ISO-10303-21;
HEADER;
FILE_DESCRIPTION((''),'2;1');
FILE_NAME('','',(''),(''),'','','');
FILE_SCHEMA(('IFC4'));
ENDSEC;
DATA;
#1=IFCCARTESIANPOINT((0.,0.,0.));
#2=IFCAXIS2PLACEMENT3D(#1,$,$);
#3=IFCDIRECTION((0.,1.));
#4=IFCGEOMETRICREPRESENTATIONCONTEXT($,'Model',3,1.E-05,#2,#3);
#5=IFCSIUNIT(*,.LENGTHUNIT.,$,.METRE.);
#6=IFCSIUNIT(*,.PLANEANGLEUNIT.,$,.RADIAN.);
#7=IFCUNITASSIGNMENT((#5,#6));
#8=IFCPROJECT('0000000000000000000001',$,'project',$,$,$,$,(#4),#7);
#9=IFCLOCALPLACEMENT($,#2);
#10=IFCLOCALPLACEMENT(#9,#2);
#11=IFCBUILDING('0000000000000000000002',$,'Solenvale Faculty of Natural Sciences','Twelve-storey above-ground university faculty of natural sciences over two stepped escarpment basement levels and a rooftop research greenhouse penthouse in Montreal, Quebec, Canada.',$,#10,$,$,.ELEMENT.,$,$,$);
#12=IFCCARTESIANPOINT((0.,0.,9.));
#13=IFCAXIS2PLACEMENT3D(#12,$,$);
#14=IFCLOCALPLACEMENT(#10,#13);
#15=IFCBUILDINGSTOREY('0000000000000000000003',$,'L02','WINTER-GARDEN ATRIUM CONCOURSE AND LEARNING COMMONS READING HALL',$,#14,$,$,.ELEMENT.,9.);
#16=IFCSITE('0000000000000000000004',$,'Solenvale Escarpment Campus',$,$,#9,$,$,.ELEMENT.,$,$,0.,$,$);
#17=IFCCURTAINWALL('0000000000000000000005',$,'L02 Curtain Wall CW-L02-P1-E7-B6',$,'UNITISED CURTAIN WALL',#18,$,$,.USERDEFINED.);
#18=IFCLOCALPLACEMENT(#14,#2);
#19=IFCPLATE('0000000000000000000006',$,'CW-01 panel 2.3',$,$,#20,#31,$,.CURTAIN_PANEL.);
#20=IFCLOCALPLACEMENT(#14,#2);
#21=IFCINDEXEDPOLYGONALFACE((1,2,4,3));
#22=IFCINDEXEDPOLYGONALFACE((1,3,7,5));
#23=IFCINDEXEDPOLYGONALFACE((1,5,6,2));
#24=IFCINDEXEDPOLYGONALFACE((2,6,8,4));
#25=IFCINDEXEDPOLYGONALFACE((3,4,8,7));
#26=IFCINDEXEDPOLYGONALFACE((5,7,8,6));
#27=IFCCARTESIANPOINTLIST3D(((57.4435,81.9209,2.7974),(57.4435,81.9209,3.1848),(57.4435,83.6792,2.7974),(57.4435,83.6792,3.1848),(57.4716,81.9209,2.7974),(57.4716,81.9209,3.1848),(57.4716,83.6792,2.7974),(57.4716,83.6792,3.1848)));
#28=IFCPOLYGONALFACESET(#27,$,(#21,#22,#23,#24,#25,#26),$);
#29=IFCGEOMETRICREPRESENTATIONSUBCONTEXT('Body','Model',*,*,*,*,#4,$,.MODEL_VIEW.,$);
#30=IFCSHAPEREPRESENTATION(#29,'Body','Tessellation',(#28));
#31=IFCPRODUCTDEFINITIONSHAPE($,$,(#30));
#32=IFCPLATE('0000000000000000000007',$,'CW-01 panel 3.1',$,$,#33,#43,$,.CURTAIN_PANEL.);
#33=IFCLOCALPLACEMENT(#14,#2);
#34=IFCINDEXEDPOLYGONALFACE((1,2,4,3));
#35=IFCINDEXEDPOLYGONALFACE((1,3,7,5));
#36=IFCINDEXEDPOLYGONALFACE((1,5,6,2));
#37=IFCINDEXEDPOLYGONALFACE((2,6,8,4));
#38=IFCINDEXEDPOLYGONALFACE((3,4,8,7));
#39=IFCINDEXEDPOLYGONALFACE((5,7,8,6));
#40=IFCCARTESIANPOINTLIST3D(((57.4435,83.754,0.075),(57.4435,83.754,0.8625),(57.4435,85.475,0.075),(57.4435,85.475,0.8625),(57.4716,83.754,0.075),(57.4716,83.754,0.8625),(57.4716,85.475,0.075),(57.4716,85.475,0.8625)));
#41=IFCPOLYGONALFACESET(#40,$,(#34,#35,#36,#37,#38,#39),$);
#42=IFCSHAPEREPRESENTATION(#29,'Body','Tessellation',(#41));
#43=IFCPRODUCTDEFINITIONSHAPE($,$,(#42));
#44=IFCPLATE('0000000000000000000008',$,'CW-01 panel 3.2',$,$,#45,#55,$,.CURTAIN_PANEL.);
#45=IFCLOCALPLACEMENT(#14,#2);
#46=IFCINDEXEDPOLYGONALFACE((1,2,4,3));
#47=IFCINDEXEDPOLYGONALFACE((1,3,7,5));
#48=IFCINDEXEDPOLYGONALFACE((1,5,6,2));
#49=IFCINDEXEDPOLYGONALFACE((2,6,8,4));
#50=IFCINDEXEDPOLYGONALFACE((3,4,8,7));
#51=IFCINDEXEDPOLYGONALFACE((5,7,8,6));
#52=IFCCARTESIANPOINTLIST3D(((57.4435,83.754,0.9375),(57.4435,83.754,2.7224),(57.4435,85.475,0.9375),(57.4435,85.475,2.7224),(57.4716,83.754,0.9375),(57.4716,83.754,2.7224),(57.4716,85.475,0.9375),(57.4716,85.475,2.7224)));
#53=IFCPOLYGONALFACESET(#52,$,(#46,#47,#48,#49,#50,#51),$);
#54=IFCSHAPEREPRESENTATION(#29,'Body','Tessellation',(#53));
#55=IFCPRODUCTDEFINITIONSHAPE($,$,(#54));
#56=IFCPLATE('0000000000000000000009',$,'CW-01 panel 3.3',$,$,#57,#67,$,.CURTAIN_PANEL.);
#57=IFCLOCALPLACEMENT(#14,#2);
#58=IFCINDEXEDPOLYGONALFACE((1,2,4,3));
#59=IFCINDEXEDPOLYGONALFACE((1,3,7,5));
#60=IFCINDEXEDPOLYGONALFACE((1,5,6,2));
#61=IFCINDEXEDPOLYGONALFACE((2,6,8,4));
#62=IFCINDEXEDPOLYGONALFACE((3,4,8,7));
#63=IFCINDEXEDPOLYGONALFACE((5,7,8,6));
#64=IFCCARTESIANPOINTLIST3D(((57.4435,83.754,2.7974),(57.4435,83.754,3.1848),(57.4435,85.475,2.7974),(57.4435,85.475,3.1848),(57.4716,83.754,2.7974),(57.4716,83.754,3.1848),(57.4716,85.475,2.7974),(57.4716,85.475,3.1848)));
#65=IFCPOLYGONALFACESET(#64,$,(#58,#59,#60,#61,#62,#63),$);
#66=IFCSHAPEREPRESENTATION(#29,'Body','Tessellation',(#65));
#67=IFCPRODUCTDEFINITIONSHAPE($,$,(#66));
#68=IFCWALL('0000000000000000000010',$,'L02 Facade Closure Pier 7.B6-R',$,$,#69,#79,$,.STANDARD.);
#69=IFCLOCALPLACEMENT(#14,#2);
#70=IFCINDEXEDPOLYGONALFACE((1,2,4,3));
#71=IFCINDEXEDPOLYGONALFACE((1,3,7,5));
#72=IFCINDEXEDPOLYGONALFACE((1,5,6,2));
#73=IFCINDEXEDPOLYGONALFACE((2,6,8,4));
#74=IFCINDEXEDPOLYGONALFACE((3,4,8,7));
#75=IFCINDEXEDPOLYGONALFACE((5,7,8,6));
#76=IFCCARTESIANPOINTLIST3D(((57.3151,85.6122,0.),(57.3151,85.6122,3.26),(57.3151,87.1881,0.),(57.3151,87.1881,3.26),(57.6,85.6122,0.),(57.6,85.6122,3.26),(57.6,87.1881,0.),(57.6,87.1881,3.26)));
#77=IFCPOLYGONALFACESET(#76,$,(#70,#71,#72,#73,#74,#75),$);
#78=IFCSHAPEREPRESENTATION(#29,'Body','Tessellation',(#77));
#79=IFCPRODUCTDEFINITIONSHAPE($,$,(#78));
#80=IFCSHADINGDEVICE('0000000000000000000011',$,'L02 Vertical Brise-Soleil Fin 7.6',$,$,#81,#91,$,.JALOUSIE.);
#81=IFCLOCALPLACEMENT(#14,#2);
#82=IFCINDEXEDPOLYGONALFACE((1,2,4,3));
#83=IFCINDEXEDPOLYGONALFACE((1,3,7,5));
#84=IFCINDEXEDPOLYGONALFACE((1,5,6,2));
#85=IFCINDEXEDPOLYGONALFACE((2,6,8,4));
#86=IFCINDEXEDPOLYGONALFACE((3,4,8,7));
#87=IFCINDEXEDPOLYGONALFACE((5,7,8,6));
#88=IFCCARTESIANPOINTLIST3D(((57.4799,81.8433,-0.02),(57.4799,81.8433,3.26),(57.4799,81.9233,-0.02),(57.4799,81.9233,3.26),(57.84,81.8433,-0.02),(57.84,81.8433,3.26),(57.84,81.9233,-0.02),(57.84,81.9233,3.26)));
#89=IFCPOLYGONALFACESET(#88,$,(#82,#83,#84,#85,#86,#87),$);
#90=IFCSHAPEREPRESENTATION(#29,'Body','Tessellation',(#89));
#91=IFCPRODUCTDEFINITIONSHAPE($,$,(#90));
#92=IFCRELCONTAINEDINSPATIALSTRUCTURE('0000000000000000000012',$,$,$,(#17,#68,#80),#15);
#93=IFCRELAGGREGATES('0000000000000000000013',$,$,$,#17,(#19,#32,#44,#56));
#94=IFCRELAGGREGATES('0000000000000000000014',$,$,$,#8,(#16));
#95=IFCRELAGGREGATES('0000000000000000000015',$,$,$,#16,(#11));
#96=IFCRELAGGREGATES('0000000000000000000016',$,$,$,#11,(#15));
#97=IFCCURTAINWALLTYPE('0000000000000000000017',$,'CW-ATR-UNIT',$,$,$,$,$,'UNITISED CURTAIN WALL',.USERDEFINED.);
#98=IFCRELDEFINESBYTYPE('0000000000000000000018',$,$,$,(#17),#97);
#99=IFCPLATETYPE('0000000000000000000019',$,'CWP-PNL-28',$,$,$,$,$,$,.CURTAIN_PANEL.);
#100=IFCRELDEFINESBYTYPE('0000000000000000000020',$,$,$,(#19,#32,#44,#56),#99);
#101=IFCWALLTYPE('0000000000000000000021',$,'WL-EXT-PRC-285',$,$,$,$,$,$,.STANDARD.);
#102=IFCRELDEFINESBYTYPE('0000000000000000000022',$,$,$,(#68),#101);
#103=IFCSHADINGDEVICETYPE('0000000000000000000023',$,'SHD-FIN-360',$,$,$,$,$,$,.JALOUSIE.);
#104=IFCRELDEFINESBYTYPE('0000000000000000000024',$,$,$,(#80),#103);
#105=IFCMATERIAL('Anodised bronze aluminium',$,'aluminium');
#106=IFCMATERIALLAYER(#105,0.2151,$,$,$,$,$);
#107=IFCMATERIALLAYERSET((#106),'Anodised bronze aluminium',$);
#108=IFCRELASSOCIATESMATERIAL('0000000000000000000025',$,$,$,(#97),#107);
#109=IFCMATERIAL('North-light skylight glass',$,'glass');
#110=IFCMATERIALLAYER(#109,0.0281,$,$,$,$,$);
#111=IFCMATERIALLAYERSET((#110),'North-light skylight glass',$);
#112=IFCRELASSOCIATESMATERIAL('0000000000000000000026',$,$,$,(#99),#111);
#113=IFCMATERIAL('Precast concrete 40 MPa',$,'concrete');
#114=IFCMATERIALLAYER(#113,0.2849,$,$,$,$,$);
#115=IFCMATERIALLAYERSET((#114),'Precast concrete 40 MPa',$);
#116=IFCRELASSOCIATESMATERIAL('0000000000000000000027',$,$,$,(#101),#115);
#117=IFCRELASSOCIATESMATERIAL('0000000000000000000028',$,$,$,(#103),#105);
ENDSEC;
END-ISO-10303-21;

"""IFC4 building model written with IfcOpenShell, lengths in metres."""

from ifc_helpers import new_model, si_unit, direction, frame, frame_2d, origin, origin_2d, place, context, subcontext, project, spatial, rectangle, extrude, material, layer, layer_set, material_profile, profile_set, type_object, element, aggregate, save


model = new_model("IFC4")

# Units and contexts
model_context = context("Model", 3, precision=1e-05, world=origin(), true_north=direction((0.0, 1.0)))
body_context = subcontext(model_context, "Body", "Model", "MODEL_VIEW")
ifc_project = project(units=[si_unit("LENGTHUNIT", "METRE"), si_unit("PLANEANGLEUNIT", "RADIAN")], contexts=[model_context])

# Site, building, storey
site_placement = place(None, origin())
site = spatial("IfcSite", under=ifc_project, at=site_placement, Name="Solenvale Escarpment Campus", CompositionType="ELEMENT", RefElevation=0.0)
building_placement = place(site_placement, origin())
building = spatial("IfcBuilding", under=site, at=building_placement, Name="Solenvale Faculty of Natural Sciences", Description="Twelve-storey above-ground university faculty of natural sciences over two stepped escarpment basement levels and a rooftop research greenhouse penthouse in Montreal, Quebec, Canada.", CompositionType="ELEMENT")
storey_placement = place(building_placement, frame((0.0, 0.0, 9.0)))
storey = spatial("IfcBuildingStorey", under=building, at=storey_placement, Name="L02", Description="WINTER-GARDEN ATRIUM CONCOURSE AND LEARNING COMMONS READING HALL", CompositionType="ELEMENT", Elevation=9.0)

# Curtain wall, plates
ifc_material_1 = material(Name="Anodised bronze aluminium", Category="aluminium")
ifc_layer_1 = layer(ifc_material_1, 0.2151)
ifc_layer_set_1 = layer_set([ifc_layer_1], Name="Anodised bronze aluminium")
curtain_wall_type = type_object("IfcCurtainWallType", Name="CW-ATR-UNIT", ElementType="UNITISED CURTAIN WALL", PredefinedType="USERDEFINED", material=ifc_layer_set_1)
curtain_wall_placement = place(storey_placement, origin())
curtain_wall = element("IfcCurtainWall", 1, at=curtain_wall_placement, inside=storey, type_object=curtain_wall_type, Name="L02 Curtain Wall CW-L02-P1-E7-B6", ObjectType="UNITISED CURTAIN WALL", PredefinedType="USERDEFINED")
ifc_material_2 = material(Name="North-light skylight glass", Category="glass")
ifc_layer_2 = layer(ifc_material_2, 0.0281)
ifc_layer_set_2 = layer_set([ifc_layer_2], Name="North-light skylight glass")
plate_type = type_object("IfcPlateType", Name="CWP-PNL-28", PredefinedType="CURTAIN_PANEL", material=ifc_layer_set_2)
plate_1_placement = place(storey_placement, frame((57.4575, 82.8, 2.7974), z_axis=(0.0, 0.0, 1.0), x_axis=(0.0, 1.0, 0.0)))
plate_1 = element("IfcPlate", 2, at=plate_1_placement, type_object=plate_type, Name="CW-01 panel 2.3", PredefinedType="CURTAIN_PANEL", context=body_context, shape_type="SweptSolid", body=[
    extrude(rectangle(XDim=1.7583, YDim=0.0281, at=origin_2d()), origin(), (0.0, 0.0, 1.0), 0.3875),
])
plate_2_placement = place(storey_placement, frame((57.4575, 84.6145, 0.075), z_axis=(0.0, 0.0, 1.0), x_axis=(0.0, 1.0, 0.0)))
plate_2 = element("IfcPlate", 3, at=plate_2_placement, type_object=plate_type, Name="CW-01 panel 3.1", PredefinedType="CURTAIN_PANEL", context=body_context, shape_type="SweptSolid", body=[
    extrude(rectangle(XDim=1.7209, YDim=0.0281, at=origin_2d()), origin(), (0.0, 0.0, 1.0), 0.7876),
])
plate_3_placement = place(storey_placement, frame((57.4575, 84.6145, 0.9375), z_axis=(0.0, 0.0, 1.0), x_axis=(0.0, 1.0, 0.0)))
plate_3 = element("IfcPlate", 4, at=plate_3_placement, type_object=plate_type, Name="CW-01 panel 3.2", PredefinedType="CURTAIN_PANEL", context=body_context, shape_type="SweptSolid", body=[
    extrude(rectangle(XDim=1.7209, YDim=0.0281, at=origin_2d()), origin(), (0.0, 0.0, 1.0), 1.7849),
])
plate_4_placement = place(storey_placement, frame((57.4575, 84.6145, 2.7974), z_axis=(0.0, 0.0, 1.0), x_axis=(0.0, 1.0, 0.0)))
plate_4 = element("IfcPlate", 5, at=plate_4_placement, type_object=plate_type, Name="CW-01 panel 3.3", PredefinedType="CURTAIN_PANEL", context=body_context, shape_type="SweptSolid", body=[
    extrude(rectangle(XDim=1.7209, YDim=0.0281, at=origin_2d()), origin(), (0.0, 0.0, 1.0), 0.3875),
])
aggregate(curtain_wall, [plate_1, plate_2, plate_3, plate_4])

# Wall
ifc_material_3 = material(Name="Precast concrete 40 MPa", Category="concrete")
ifc_layer_3 = layer(ifc_material_3, 0.2849)
ifc_layer_set_3 = layer_set([ifc_layer_3], Name="Precast concrete 40 MPa")
wall_type = type_object("IfcWallType", Name="WL-EXT-PRC-285", PredefinedType="STANDARD", material=ifc_layer_set_3)
wall_placement = place(storey_placement, frame((57.4575, 85.6121, 0.0), z_axis=(0.0, 0.0, 1.0), x_axis=(0.0, 1.0, 0.0)))
element("IfcWall", 6, at=wall_placement, inside=storey, type_object=wall_type, Name="L02 Facade Closure Pier 7.B6-R", PredefinedType="STANDARD", context=body_context, shape_type="SweptSolid", body=[
    extrude(rectangle(XDim=1.5759, YDim=0.2849, at=frame_2d((0.7881, 0.0))), origin(), (0.0, 0.0, 1.0), 3.26),
])

# Shading device
ifc_material_profile_1 = material_profile(ifc_material_1, rectangle(XDim=0.0801, YDim=0.3601, at=origin_2d()), Name="ALU-FIN-80x360")
ifc_profile_set_1 = profile_set([ifc_material_profile_1], Name="Anodised bronze aluminium")
shading_device_type = type_object("IfcShadingDeviceType", Name="SHD-FIN-360", PredefinedType="JALOUSIE", material=ifc_profile_set_1)
shading_device_placement = place(storey_placement, frame((57.6599, 81.8833, -0.02), z_axis=(0.0, 0.0, 1.0), x_axis=(0.0, 1.0, 0.0)))
element("IfcShadingDevice", 7, at=shading_device_placement, inside=storey, type_object=shading_device_type, Name="L02 Vertical Brise-Soleil Fin 7.6", PredefinedType="JALOUSIE", context=body_context, shape_type="SweptSolid", body=[
    extrude(rectangle(XDim=0.0801, YDim=0.3601, at=origin_2d()), origin(), (0.0, 0.0, 1.0), 3.28),
])

save(model, "model.ifc")
